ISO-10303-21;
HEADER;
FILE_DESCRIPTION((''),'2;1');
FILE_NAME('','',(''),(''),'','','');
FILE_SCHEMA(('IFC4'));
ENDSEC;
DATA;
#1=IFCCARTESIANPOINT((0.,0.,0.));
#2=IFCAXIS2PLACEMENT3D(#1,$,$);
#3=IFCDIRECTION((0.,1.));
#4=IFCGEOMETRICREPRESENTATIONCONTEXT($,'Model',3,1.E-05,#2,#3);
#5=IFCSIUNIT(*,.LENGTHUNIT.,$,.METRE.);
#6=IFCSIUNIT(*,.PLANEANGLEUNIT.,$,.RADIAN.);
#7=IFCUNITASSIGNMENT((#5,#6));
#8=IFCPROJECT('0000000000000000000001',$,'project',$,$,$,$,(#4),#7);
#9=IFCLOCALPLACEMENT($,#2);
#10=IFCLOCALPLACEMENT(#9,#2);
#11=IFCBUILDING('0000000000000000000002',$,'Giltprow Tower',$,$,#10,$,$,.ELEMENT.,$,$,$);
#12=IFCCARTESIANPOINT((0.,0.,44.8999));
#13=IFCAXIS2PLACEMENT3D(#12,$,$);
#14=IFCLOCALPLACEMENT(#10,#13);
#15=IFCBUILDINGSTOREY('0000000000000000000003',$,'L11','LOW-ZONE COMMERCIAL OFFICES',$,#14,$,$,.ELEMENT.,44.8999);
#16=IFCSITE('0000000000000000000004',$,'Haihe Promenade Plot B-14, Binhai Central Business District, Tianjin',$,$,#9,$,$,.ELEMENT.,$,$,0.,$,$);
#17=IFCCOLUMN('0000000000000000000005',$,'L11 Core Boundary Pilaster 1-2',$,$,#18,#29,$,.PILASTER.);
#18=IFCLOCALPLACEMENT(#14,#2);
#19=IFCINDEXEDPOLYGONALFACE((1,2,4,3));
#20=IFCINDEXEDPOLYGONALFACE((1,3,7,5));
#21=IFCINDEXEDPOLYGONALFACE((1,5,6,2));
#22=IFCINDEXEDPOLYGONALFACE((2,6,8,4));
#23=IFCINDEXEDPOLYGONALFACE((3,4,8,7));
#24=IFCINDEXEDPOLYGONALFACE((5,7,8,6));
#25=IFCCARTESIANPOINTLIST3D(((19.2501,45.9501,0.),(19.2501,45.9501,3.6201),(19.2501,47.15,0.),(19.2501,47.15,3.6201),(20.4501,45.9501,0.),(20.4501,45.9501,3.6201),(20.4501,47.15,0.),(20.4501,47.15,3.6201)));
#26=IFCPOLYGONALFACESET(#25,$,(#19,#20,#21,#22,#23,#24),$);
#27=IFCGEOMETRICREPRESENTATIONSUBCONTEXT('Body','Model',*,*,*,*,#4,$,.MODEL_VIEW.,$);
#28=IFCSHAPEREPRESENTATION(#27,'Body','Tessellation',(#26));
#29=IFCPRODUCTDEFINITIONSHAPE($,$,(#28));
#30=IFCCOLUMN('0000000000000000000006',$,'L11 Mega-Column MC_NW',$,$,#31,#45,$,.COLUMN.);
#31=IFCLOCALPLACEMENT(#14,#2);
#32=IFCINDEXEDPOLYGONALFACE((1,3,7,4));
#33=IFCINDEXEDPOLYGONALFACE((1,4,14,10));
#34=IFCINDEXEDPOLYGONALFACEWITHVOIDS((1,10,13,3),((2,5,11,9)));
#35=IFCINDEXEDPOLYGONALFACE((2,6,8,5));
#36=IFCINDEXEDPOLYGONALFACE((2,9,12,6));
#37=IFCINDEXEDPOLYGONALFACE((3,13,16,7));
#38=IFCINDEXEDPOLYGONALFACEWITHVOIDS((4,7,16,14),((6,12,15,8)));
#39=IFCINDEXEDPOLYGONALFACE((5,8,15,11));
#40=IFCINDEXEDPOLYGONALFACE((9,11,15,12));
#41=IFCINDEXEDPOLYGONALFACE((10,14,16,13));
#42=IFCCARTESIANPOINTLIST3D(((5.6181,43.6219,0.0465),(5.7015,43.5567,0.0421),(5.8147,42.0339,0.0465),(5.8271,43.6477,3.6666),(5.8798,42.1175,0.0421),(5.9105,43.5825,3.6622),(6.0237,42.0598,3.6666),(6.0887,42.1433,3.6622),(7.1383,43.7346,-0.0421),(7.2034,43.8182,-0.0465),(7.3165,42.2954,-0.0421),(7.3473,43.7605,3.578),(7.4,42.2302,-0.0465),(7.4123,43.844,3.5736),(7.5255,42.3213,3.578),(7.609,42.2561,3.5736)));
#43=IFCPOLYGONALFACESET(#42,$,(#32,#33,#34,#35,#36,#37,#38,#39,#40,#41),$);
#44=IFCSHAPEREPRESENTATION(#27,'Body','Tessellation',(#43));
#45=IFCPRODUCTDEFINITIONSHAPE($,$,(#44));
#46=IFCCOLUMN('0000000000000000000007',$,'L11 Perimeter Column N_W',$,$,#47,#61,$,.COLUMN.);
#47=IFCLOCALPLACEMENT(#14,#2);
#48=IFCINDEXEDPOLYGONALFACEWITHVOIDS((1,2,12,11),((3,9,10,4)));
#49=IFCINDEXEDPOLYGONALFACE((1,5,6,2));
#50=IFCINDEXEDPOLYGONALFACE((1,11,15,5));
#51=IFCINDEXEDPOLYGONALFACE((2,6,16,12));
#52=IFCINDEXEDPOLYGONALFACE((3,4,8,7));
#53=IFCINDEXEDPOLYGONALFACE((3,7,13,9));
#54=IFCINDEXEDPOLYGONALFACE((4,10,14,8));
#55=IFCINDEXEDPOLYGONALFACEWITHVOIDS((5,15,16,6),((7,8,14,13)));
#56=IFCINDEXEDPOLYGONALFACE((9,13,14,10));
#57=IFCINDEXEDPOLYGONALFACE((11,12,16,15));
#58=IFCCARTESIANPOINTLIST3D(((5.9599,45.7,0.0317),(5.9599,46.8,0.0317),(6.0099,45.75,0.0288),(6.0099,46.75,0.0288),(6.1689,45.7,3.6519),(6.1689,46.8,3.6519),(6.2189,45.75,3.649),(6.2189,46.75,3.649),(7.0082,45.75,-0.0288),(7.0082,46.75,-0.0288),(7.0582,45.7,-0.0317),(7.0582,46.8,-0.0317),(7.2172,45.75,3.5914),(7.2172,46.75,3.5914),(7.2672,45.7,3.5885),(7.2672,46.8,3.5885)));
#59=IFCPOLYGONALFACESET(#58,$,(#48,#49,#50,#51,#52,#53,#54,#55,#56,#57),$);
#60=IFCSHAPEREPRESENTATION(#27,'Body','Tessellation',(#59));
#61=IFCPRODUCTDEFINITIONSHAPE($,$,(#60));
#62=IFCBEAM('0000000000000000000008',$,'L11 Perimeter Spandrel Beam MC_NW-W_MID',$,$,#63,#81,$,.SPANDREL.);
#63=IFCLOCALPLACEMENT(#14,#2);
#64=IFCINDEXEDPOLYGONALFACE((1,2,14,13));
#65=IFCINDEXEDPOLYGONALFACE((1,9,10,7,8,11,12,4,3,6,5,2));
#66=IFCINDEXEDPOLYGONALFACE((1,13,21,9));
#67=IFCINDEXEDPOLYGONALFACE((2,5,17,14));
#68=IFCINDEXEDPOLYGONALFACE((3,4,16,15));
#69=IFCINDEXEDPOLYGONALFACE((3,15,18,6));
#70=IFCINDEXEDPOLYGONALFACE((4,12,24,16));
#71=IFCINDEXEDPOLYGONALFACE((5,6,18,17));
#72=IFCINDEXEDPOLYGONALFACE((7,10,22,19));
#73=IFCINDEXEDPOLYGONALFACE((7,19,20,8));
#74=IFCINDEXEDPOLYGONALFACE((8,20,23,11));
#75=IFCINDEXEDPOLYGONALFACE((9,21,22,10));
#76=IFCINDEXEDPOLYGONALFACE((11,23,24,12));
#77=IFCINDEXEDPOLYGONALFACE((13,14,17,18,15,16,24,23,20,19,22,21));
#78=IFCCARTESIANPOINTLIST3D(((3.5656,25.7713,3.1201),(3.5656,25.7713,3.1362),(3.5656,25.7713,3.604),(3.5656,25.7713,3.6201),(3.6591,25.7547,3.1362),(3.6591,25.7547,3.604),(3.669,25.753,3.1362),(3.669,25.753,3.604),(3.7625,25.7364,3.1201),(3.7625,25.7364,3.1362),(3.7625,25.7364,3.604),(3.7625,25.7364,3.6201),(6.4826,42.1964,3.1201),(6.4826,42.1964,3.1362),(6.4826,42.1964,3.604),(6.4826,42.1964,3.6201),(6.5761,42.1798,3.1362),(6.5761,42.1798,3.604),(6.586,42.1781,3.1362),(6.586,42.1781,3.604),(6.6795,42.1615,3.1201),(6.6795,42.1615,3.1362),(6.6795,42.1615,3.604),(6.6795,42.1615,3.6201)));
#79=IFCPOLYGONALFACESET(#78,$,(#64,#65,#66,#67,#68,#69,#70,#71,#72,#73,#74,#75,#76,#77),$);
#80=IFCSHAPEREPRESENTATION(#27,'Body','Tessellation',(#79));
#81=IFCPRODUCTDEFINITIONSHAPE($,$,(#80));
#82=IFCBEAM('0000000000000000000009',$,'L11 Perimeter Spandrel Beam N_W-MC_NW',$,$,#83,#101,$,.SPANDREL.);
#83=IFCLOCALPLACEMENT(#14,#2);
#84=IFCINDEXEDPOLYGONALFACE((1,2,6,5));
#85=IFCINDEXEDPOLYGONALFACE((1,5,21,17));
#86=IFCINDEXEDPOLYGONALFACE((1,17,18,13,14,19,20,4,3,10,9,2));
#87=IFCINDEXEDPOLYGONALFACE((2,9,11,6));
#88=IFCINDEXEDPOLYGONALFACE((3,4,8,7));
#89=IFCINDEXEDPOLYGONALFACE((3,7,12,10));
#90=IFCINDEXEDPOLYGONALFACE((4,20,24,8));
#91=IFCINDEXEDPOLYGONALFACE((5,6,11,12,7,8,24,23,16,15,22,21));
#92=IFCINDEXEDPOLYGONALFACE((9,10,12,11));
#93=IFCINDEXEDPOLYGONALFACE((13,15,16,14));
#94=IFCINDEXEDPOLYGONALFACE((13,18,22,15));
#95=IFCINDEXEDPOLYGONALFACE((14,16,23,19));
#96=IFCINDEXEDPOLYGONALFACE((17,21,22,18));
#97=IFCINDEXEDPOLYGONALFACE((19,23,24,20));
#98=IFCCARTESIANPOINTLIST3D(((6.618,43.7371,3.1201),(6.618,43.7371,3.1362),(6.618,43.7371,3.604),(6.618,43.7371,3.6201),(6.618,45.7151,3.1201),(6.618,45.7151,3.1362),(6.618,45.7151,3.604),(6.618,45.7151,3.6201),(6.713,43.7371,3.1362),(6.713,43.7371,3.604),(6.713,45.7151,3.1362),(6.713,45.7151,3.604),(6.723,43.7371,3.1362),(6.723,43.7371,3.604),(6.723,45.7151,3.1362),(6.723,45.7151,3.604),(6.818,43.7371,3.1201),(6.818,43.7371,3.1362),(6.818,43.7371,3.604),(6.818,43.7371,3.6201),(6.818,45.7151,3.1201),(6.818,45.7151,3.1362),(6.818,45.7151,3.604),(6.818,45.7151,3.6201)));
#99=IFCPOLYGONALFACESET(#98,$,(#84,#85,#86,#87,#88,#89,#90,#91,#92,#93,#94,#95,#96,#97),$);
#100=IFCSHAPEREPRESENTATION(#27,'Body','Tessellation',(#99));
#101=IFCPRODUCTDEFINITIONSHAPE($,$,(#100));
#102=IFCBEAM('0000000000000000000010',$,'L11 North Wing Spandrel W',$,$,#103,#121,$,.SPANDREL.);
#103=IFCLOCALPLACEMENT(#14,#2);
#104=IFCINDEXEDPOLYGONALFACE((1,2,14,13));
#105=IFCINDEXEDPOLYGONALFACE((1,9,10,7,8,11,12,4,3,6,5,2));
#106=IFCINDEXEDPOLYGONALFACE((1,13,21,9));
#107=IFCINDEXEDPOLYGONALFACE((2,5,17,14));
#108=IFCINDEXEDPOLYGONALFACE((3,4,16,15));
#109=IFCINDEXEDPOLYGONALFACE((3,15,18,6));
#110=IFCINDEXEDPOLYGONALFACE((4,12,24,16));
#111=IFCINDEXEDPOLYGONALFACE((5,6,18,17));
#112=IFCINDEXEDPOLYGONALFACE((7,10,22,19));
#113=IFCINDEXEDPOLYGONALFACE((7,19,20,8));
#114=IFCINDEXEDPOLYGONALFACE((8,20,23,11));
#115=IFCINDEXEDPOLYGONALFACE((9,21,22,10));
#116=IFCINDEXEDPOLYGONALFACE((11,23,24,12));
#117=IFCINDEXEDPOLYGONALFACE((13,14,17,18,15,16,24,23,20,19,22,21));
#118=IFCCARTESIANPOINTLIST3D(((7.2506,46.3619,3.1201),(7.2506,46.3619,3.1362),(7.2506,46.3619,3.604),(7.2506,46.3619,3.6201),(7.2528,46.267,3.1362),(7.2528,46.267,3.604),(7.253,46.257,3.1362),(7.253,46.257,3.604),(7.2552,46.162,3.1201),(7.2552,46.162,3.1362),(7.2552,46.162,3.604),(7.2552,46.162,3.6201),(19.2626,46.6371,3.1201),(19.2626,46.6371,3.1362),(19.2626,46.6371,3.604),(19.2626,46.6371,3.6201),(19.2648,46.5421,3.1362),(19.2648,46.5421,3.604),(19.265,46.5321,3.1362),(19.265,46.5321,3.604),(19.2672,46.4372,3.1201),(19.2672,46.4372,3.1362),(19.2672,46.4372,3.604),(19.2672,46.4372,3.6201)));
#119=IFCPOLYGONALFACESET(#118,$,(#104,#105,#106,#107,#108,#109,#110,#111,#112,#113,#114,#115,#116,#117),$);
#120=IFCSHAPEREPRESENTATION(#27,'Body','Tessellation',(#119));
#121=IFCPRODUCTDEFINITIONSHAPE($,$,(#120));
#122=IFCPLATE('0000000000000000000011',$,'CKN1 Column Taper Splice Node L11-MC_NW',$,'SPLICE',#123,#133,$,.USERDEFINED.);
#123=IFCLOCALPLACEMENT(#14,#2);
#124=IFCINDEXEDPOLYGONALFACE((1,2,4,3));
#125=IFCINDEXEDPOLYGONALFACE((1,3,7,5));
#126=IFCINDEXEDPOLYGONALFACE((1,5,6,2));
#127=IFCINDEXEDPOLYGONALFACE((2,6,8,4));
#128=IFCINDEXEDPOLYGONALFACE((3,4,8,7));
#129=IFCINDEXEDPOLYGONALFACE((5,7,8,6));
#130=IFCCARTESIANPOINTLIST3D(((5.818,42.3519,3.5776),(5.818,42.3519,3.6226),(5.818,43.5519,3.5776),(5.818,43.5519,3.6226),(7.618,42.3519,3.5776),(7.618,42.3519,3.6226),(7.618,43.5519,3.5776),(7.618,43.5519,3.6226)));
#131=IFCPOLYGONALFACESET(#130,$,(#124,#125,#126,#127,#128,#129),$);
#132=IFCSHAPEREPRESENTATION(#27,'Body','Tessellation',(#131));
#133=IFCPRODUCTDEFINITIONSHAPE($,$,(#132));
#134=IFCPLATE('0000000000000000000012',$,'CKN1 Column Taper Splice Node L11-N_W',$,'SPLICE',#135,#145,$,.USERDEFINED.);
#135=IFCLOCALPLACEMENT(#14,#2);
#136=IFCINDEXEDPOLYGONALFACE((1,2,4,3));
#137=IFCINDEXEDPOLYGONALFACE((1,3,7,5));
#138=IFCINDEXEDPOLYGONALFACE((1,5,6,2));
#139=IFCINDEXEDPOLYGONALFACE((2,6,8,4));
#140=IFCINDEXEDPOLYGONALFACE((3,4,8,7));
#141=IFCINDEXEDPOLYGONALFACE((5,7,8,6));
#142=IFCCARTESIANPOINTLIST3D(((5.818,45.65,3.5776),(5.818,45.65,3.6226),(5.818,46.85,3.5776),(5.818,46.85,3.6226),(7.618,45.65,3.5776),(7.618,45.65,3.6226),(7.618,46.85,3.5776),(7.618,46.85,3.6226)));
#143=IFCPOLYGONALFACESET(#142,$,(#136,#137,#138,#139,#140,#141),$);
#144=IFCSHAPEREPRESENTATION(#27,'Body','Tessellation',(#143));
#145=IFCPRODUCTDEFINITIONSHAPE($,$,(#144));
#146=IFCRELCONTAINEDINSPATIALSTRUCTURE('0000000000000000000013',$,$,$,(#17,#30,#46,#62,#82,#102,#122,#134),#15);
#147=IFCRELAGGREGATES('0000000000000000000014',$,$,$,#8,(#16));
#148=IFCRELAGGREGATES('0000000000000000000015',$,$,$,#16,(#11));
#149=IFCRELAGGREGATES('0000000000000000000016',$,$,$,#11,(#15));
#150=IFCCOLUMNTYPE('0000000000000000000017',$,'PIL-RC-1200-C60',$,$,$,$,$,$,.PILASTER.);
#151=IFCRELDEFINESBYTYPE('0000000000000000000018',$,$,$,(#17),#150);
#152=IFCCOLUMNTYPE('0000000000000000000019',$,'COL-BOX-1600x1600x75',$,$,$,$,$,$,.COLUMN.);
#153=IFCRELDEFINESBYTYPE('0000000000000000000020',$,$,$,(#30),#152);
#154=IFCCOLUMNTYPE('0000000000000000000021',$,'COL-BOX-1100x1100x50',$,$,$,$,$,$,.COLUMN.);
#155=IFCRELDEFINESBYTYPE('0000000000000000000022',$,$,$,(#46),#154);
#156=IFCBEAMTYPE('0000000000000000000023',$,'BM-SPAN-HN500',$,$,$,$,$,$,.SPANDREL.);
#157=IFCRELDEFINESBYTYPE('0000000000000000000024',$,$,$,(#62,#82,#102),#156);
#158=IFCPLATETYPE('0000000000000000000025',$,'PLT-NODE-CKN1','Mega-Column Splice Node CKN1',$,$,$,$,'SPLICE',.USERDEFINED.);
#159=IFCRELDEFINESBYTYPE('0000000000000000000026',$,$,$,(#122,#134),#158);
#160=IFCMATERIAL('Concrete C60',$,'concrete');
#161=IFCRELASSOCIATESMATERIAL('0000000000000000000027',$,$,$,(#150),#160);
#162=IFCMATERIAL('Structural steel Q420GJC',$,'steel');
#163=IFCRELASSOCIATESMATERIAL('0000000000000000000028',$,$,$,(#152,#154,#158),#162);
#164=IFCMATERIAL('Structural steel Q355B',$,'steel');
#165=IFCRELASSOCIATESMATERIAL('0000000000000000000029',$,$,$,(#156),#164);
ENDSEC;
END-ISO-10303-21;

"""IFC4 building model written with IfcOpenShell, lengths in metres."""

from ifc_helpers import new_model, si_unit, direction, frame, origin, origin_2d, place, context, subcontext, project, spatial, rectangle, hollow_rectangle, i_section, extrude, source, transform, mapped, material, material_profile, profile_set, type_object, element, save


model = new_model("IFC4")

# Units and contexts
model_context = context("Model", 3, precision=1e-05, world=origin(), true_north=direction((0.0, 1.0)))
body_context = subcontext(model_context, "Body", "Model", "MODEL_VIEW")
ifc_project = project(units=[si_unit("LENGTHUNIT", "METRE"), si_unit("PLANEANGLEUNIT", "RADIAN")], contexts=[model_context])

# Site, building, storey
site_placement = place(None, origin())
site = spatial("IfcSite", under=ifc_project, at=site_placement, Name="Haihe Promenade Plot B-14, Binhai Central Business District, Tianjin", CompositionType="ELEMENT", RefElevation=0.0)
building_placement = place(site_placement, origin())
building = spatial("IfcBuilding", under=site, at=building_placement, Name="Giltprow Tower", CompositionType="ELEMENT")
storey_placement = place(building_placement, frame((0.0, 0.0, 44.8999)))
storey = spatial("IfcBuildingStorey", under=building, at=storey_placement, Name="L11", Description="LOW-ZONE COMMERCIAL OFFICES", CompositionType="ELEMENT", Elevation=44.8999)

# Columns
ifc_material_1 = material(Name="Concrete C60", Category="concrete")
ifc_material_profile_1 = material_profile(ifc_material_1, rectangle(XDim=1.2, YDim=1.2, at=origin_2d()), Name="RC 1200x1200")
ifc_profile_set_1 = profile_set([ifc_material_profile_1], Name="Concrete C60")
column_type_1 = type_object("IfcColumnType", Name="PIL-RC-1200-C60", PredefinedType="PILASTER", material=ifc_profile_set_1)
shared_shape_1 = source(origin(), body_context, "Body", "SweptSolid", [
    extrude(rectangle(XDim=1.2, YDim=1.2, at=origin_2d()), origin(), (0.0, 0.0, 1.0), 3.6201),
])
column_1_placement = place(storey_placement, frame((19.8501, 46.55, 0.0), z_axis=(0.0, 0.0, 1.0), x_axis=(1.0, 0.0, 0.0)))
element("IfcColumn", 1, at=column_1_placement, inside=storey, type_object=column_type_1, Name="L11 Core Boundary Pilaster 1-2", PredefinedType="PILASTER", context=body_context, shape_type="MappedRepresentation", body=[
    mapped(shared_shape_1, transform((0.0, 0.0, 0.0), x_axis=(1.0, 0.0, 0.0), y_axis=(0.0, 1.0, 0.0), z_axis=(0.0, 0.0, 1.0), scale=1.0)),
])
ifc_material_2 = material(Name="Structural steel Q420GJC", Category="steel")
ifc_material_profile_2 = material_profile(ifc_material_2, hollow_rectangle(XDim=1.6001, YDim=1.6001, WallThickness=0.075, at=origin_2d()), Name="BOX 1600x1600x75")
ifc_profile_set_2 = profile_set([ifc_material_profile_2], Name="Structural steel Q420GJC")
column_type_2 = type_object("IfcColumnType", Name="COL-BOX-1600x1600x75", PredefinedType="COLUMN", material=ifc_profile_set_2)
shared_shape_2 = source(origin(), body_context, "Body", "SweptSolid", [
    extrude(hollow_rectangle(XDim=1.6001, YDim=1.6001, WallThickness=0.075, at=origin_2d()), origin(), (0.0, 0.0, 1.0), 3.6262),
])
column_2_placement = place(storey_placement, frame((6.509, 42.926, 0.0), z_axis=(0.057631, 0.007137, 0.998312), x_axis=(-0.122893, 0.99242, 0.0)))
element("IfcColumn", 2, at=column_2_placement, inside=storey, type_object=column_type_2, Name="L11 Mega-Column MC_NW", PredefinedType="COLUMN", context=body_context, shape_type="MappedRepresentation", body=[
    mapped(shared_shape_2, transform((0.0, 0.0, 0.0), x_axis=(1.0, 0.0, 0.0), y_axis=(0.0, 1.0, 0.0), z_axis=(0.0, 0.0, 1.0), scale=1.0)),
])
ifc_material_profile_3 = material_profile(ifc_material_2, hollow_rectangle(XDim=1.1001, YDim=1.1001, WallThickness=0.05, at=origin_2d()), Name="BOX 1100x1100x50")
ifc_profile_set_3 = profile_set([ifc_material_profile_3], Name="Structural steel Q420GJC")
column_type_3 = type_object("IfcColumnType", Name="COL-BOX-1100x1100x50", PredefinedType="COLUMN", material=ifc_profile_set_3)
shared_shape_3 = source(origin(), body_context, "Body", "SweptSolid", [
    extrude(hollow_rectangle(XDim=1.1001, YDim=1.1001, WallThickness=0.05, at=origin_2d()), origin(), (0.0, 0.0, 1.0), 3.6262),
])
column_3_placement = place(storey_placement, frame((6.509, 46.25, 0.0), z_axis=(0.057633, 0.0, 0.998338), x_axis=(0.0, 1.0, 0.0)))
element("IfcColumn", 3, at=column_3_placement, inside=storey, type_object=column_type_3, Name="L11 Perimeter Column N_W", PredefinedType="COLUMN", context=body_context, shape_type="MappedRepresentation", body=[
    mapped(shared_shape_3, transform((0.0, 0.0, 0.0), x_axis=(1.0, 0.0, 0.0), y_axis=(0.0, 1.0, 0.0), z_axis=(0.0, 0.0, 1.0), scale=1.0)),
])

# Beams
ifc_material_3 = material(Name="Structural steel Q355B", Category="steel")
ifc_material_profile_4 = material_profile(ifc_material_3, i_section(OverallWidth=0.2, OverallDepth=0.5, WebThickness=0.01, FlangeThickness=0.0161, at=origin_2d()), Name="HN 500x200x10x16")
ifc_profile_set_4 = profile_set([ifc_material_profile_4], Name="Structural steel Q355B")
beam_type = type_object("IfcBeamType", Name="BM-SPAN-HN500", PredefinedType="SPANDREL", material=ifc_profile_set_4)
shared_shape_4 = source(origin(), body_context, "Body", "SweptSolid", [
    extrude(i_section(OverallWidth=0.2, OverallDepth=0.5, WebThickness=0.01, FlangeThickness=0.0161, at=origin_2d()), origin(), (0.0, 0.0, 1.0), 16.6821),
])
beam_1_placement = place(storey_placement, frame((6.5811, 42.179, 3.3701), z_axis=(-0.174858, -0.984594, 0.0), x_axis=(0.984594, -0.174858, 0.0)))
element("IfcBeam", 4, at=beam_1_placement, inside=storey, type_object=beam_type, Name="L11 Perimeter Spandrel Beam MC_NW-W_MID", PredefinedType="SPANDREL", context=body_context, shape_type="MappedRepresentation", body=[
    mapped(shared_shape_4, transform((0.0, 0.0, 0.0), x_axis=(1.0, 0.0, 0.0), y_axis=(0.0, 1.0, 0.0), z_axis=(0.0, 0.0, 1.0), scale=1.0)),
])
shared_shape_5 = source(origin(), body_context, "Body", "SweptSolid", [
    extrude(i_section(OverallWidth=0.2, OverallDepth=0.5, WebThickness=0.01, FlangeThickness=0.0161, at=origin_2d()), origin(), (0.0, 0.0, 1.0), 1.978),
])
beam_2_placement = place(storey_placement, frame((6.718, 45.7151, 3.3701), z_axis=(0.0, -1.0, 0.0), x_axis=(1.0, 0.0, 0.0)))
element("IfcBeam", 5, at=beam_2_placement, inside=storey, type_object=beam_type, Name="L11 Perimeter Spandrel Beam N_W-MC_NW", PredefinedType="SPANDREL", context=body_context, shape_type="MappedRepresentation", body=[
    mapped(shared_shape_5, transform((0.0, 0.0, 0.0), x_axis=(1.0, 0.0, 0.0), y_axis=(0.0, 1.0, 0.0), z_axis=(0.0, 0.0, 1.0), scale=1.0)),
])
shared_shape_6 = source(origin(), body_context, "Body", "SweptSolid", [
    extrude(i_section(OverallWidth=0.2, OverallDepth=0.5, WebThickness=0.01, FlangeThickness=0.0161, at=origin_2d()), origin(), (0.0, 0.0, 1.0), 12.0151),
])
beam_3_placement = place(storey_placement, frame((7.2529, 46.262, 3.3701), z_axis=(0.999738, 0.0229, 0.0), x_axis=(-0.0229, 0.999738, 0.0)))
element("IfcBeam", 6, at=beam_3_placement, inside=storey, type_object=beam_type, Name="L11 North Wing Spandrel W", PredefinedType="SPANDREL", context=body_context, shape_type="MappedRepresentation", body=[
    mapped(shared_shape_6, transform((0.0, 0.0, 0.0), x_axis=(1.0, 0.0, 0.0), y_axis=(0.0, 1.0, 0.0), z_axis=(0.0, 0.0, 1.0), scale=1.0)),
])

# Plates
plate_type = type_object("IfcPlateType", Name="PLT-NODE-CKN1", Description="Mega-Column Splice Node CKN1", ElementType="SPLICE", PredefinedType="USERDEFINED", material=ifc_material_2)
shared_shape_7 = source(origin(), body_context, "Body", "SweptSolid", [
    extrude(rectangle(XDim=1.8, YDim=1.2, at=origin_2d()), origin(), (0.0, 0.0, 1.0), 0.0449),
])
for number, where, z_axis, x_axis, name in (
    (7, (6.718, 42.9519, 3.5776), (0.0, 0.0, 1.0), (1.0, 0.0, 0.0), "CKN1 Column Taper Splice Node L11-MC_NW"),
    (8, (6.718, 46.25, 3.5776), (0.0, 0.0, 1.0), (1.0, 0.0, 0.0), "CKN1 Column Taper Splice Node L11-N_W"),
):
    element("IfcPlate", number, at=place(storey_placement, frame(where, z_axis=z_axis, x_axis=x_axis)), inside=storey, type_object=plate_type, Name=name, ObjectType="SPLICE", PredefinedType="USERDEFINED", context=body_context, shape_type="MappedRepresentation", body=[
        mapped(shared_shape_7, transform((0.0, 0.0, 0.0), x_axis=(1.0, 0.0, 0.0), y_axis=(0.0, 1.0, 0.0), z_axis=(0.0, 0.0, 1.0), scale=1.0)),
    ])

save(model, "model.ifc")
